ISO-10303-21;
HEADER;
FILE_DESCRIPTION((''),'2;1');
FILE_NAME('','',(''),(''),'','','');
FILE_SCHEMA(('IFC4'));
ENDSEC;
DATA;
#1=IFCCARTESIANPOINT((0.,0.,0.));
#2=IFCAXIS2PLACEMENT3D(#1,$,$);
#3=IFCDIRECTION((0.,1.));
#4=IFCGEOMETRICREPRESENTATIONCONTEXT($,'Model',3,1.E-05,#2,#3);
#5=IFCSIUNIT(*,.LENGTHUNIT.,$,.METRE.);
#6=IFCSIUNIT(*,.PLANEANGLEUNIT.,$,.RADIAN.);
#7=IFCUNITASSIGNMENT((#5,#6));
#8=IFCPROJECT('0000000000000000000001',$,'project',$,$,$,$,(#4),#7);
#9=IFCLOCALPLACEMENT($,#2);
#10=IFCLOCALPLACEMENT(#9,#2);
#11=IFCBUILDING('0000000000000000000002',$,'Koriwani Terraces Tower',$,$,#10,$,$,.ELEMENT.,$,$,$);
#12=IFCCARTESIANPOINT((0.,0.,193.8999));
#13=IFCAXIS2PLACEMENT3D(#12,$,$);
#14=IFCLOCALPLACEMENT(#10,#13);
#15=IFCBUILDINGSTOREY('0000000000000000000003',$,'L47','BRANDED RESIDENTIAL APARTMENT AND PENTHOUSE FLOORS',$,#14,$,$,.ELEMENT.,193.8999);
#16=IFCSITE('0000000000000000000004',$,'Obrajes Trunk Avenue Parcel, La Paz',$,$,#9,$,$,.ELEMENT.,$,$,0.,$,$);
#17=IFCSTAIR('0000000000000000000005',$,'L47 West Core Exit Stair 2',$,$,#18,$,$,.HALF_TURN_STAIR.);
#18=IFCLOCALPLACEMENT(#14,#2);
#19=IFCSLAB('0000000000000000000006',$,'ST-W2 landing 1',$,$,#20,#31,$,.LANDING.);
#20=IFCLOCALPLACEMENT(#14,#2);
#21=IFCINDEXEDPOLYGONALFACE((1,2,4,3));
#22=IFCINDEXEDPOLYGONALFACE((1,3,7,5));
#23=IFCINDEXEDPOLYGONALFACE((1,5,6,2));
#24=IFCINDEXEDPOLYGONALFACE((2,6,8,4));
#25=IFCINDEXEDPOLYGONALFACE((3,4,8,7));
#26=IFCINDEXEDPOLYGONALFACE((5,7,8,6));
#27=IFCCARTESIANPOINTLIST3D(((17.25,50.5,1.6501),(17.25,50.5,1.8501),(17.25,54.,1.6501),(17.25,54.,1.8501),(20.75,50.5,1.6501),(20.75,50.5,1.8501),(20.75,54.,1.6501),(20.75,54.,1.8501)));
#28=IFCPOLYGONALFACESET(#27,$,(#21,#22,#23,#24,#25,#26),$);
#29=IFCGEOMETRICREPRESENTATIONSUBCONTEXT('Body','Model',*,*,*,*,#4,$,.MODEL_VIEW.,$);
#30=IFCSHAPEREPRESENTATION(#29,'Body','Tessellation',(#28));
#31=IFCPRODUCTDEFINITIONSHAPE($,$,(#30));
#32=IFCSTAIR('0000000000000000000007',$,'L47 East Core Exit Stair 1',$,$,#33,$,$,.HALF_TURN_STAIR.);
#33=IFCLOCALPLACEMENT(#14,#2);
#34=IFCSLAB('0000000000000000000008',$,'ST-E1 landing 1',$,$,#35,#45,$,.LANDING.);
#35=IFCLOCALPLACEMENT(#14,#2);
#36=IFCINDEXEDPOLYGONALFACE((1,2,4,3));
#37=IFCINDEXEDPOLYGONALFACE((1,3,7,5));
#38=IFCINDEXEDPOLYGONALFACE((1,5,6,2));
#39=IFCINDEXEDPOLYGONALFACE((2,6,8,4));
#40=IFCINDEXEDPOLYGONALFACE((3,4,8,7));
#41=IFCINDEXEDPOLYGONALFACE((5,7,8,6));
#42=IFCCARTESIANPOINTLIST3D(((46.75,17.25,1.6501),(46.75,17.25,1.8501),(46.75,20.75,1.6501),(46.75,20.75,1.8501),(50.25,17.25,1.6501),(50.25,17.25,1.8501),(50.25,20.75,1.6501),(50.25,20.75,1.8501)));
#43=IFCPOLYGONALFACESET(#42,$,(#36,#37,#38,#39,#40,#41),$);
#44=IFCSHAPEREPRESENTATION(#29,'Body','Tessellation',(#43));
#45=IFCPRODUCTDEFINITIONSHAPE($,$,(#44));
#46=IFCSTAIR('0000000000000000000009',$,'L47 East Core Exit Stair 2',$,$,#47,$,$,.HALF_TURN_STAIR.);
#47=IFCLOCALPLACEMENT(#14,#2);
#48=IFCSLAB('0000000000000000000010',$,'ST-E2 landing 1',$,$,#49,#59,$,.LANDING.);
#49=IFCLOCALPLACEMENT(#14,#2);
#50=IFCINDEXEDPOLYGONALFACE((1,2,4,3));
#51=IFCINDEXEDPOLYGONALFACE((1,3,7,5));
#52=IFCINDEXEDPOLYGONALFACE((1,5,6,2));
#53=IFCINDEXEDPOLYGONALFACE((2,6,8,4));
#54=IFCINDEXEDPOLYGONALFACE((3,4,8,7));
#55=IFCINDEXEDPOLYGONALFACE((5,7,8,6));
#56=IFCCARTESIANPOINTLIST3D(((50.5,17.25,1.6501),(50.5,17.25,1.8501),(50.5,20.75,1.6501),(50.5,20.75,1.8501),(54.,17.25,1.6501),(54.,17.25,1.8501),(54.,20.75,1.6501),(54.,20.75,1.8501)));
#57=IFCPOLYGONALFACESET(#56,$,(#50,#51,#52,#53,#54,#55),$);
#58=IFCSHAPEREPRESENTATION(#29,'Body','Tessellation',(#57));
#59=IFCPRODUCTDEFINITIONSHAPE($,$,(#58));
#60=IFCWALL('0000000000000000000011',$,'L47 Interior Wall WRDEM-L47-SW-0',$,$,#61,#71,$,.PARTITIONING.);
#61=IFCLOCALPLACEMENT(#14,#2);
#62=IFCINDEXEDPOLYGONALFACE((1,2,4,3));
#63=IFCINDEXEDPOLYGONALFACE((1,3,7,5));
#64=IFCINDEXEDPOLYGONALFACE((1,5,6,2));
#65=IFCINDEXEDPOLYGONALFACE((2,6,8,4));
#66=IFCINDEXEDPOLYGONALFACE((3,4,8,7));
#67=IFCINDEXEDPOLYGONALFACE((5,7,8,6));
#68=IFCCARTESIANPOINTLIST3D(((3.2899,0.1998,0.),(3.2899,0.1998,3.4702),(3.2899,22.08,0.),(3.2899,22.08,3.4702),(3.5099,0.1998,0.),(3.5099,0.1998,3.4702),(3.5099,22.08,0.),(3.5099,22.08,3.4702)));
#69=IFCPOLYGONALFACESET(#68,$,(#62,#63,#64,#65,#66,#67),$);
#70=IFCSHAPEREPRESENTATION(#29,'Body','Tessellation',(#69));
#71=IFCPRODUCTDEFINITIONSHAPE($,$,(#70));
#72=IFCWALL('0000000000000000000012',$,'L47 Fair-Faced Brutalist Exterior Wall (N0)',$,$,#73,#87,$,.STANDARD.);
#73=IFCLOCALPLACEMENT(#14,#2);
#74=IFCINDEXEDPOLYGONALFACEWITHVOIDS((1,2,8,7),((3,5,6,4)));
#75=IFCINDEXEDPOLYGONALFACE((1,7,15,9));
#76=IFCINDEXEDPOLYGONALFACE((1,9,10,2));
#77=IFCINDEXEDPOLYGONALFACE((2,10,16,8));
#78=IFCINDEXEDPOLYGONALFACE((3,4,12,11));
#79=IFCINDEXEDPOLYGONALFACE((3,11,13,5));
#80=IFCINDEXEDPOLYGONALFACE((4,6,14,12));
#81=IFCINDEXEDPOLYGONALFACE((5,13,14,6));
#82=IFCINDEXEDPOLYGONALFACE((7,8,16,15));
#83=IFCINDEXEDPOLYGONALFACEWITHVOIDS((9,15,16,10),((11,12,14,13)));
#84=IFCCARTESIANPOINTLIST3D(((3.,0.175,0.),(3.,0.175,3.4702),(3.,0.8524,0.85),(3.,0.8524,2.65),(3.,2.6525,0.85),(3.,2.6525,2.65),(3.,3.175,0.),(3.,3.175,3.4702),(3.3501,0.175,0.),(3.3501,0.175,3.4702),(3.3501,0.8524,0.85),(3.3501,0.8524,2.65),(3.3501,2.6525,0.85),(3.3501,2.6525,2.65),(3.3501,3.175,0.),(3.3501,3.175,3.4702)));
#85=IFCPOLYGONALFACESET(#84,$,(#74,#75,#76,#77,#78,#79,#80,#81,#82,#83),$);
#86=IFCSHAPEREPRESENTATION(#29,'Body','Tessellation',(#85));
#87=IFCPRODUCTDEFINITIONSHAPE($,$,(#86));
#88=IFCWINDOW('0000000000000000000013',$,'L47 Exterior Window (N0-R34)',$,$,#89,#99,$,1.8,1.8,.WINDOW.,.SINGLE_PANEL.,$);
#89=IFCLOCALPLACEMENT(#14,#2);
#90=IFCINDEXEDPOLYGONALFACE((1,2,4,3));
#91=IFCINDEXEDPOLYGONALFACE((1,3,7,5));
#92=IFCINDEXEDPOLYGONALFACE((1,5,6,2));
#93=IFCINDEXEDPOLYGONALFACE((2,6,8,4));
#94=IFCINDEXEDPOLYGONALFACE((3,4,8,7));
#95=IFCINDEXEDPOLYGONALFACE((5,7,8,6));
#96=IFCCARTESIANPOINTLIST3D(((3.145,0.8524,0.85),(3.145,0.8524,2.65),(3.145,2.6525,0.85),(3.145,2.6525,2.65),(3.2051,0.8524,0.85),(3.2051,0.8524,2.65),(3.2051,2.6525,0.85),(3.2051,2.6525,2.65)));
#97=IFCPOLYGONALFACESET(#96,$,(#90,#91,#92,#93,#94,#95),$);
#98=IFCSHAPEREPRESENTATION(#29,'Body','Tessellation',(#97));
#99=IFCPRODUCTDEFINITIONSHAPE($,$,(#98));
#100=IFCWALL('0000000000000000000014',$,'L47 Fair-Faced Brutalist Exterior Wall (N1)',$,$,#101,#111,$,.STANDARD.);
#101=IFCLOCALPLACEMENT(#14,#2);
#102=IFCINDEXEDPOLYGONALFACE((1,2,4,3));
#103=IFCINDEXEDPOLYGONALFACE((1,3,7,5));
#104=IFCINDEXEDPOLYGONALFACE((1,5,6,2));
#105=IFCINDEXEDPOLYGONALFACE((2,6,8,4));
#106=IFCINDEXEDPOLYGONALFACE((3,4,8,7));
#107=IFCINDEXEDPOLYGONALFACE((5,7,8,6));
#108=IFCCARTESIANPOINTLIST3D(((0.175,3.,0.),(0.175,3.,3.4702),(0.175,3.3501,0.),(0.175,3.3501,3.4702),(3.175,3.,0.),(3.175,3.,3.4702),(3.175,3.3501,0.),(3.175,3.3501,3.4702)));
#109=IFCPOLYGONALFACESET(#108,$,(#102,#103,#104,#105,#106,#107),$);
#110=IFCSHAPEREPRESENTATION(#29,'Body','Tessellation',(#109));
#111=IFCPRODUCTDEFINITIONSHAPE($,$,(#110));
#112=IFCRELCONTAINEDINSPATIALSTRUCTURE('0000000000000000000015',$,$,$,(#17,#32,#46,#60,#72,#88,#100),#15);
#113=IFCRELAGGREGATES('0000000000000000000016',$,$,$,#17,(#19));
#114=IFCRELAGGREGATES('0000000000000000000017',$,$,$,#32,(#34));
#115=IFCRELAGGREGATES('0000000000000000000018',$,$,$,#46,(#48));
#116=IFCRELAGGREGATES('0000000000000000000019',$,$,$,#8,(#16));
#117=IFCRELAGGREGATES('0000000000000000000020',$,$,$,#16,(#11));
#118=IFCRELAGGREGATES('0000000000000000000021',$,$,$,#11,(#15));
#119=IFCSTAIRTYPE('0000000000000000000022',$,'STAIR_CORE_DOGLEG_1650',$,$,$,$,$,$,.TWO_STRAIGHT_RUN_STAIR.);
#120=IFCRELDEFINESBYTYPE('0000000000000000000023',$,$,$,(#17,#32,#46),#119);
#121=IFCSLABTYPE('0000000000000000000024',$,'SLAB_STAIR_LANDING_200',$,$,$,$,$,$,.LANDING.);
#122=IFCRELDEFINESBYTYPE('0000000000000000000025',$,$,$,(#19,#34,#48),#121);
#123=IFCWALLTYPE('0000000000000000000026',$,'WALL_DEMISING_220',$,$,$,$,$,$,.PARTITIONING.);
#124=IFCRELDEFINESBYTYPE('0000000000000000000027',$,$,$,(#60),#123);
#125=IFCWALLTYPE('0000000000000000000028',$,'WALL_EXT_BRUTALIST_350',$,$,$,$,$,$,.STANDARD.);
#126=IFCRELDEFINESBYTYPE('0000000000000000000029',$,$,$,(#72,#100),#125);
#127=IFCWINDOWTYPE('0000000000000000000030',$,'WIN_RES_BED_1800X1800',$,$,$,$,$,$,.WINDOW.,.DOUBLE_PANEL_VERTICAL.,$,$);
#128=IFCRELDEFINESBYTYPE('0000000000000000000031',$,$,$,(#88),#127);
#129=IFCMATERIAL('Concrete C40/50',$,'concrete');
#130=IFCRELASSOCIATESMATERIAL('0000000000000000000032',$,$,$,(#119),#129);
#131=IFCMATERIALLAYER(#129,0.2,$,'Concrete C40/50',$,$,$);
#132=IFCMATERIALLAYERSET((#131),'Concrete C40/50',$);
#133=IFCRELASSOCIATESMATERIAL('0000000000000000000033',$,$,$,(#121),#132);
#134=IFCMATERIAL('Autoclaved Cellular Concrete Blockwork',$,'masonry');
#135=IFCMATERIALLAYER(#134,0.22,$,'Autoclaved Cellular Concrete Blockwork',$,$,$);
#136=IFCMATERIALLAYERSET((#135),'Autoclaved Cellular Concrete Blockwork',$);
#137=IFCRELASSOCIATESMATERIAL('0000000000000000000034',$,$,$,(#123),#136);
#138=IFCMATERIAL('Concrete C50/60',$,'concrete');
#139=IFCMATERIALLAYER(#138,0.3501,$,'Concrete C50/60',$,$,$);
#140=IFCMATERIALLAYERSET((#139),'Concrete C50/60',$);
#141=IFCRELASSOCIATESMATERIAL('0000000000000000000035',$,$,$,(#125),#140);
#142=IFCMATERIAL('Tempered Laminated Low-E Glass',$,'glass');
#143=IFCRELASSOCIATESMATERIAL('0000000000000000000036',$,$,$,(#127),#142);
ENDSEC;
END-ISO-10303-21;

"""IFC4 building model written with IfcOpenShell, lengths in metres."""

from ifc_helpers import new_model, si_unit, direction, frame, frame_2d, origin, place, context, subcontext, project, spatial, polyline, rectangle, outline, extrude, material, layer, layer_set, type_object, element, fill, aggregate, save


model = new_model("IFC4")

# Units and contexts
model_context = context("Model", 3, precision=1e-05, world=origin(), true_north=direction((0.0, 1.0)))
body_context = subcontext(model_context, "Body", "Model", "MODEL_VIEW")
ifc_project = project(units=[si_unit("LENGTHUNIT", "METRE"), si_unit("PLANEANGLEUNIT", "RADIAN")], contexts=[model_context])

# Site, building, storey
site_placement = place(None, origin())
site = spatial("IfcSite", under=ifc_project, at=site_placement, Name="Obrajes Trunk Avenue Parcel, La Paz", CompositionType="ELEMENT", RefElevation=0.0)
building_placement = place(site_placement, origin())
building = spatial("IfcBuilding", under=site, at=building_placement, Name="Koriwani Terraces Tower", CompositionType="ELEMENT")
storey_placement = place(building_placement, frame((0.0, 0.0, 193.8999)))
storey = spatial("IfcBuildingStorey", under=building, at=storey_placement, Name="L47", Description="BRANDED RESIDENTIAL APARTMENT AND PENTHOUSE FLOORS", CompositionType="ELEMENT", Elevation=193.8999)

# Shared definitions
ifc_material_1 = material(Name="Concrete C50/60", Category="concrete")

# Shared definitions
ifc_material_2 = material(Name="Concrete C40/50", Category="concrete")

# Stairs, slabs
stair_type = type_object("IfcStairType", Name="STAIR_CORE_DOGLEG_1650", PredefinedType="TWO_STRAIGHT_RUN_STAIR", material=ifc_material_2)
ifc_layer_1 = layer(ifc_material_2, 0.2, Name="Concrete C40/50")
ifc_layer_set_1 = layer_set([ifc_layer_1], Name="Concrete C40/50")
slab_type_1 = type_object("IfcSlabType", Name="SLAB_STAIR_LANDING_200", PredefinedType="LANDING", material=ifc_layer_set_1)
stair_1_placement = place(storey_placement, origin())
stair_1 = element("IfcStair", 1, at=stair_1_placement, inside=storey, type_object=stair_type, Name="L47 West Core Exit Stair 2", PredefinedType="HALF_TURN_STAIR")
slab_1_placement = place(storey_placement, frame((0.0, 0.0, 1.6501)))
slab_1 = element("IfcSlab", 2, at=slab_1_placement, type_object=slab_type_1, Name="ST-W2 landing 1", PredefinedType="LANDING", context=body_context, shape_type="SweptSolid", body=[
    extrude(outline(polyline([(17.25, 54.0), (17.25, 50.5), (20.75, 50.5), (20.75, 54.0), (17.25, 54.0)])), origin(), (0.0, 0.0, 1.0), 0.2),
])
aggregate(stair_1, [slab_1])
stair_2_placement = place(storey_placement, origin())
stair_2 = element("IfcStair", 3, at=stair_2_placement, inside=storey, type_object=stair_type, Name="L47 East Core Exit Stair 1", PredefinedType="HALF_TURN_STAIR")
slab_2_placement = place(storey_placement, frame((0.0, 0.0, 1.6501)))
slab_2 = element("IfcSlab", 4, at=slab_2_placement, type_object=slab_type_1, Name="ST-E1 landing 1", PredefinedType="LANDING", context=body_context, shape_type="SweptSolid", body=[
    extrude(outline(polyline([(46.75, 17.25), (50.25, 17.25), (50.25, 20.75), (46.75, 20.75), (46.75, 17.25)])), origin(), (0.0, 0.0, 1.0), 0.2),
])
aggregate(stair_2, [slab_2])
stair_3_placement = place(storey_placement, origin())
stair_3 = element("IfcStair", 5, at=stair_3_placement, inside=storey, type_object=stair_type, Name="L47 East Core Exit Stair 2", PredefinedType="HALF_TURN_STAIR")
slab_3_placement = place(storey_placement, frame((0.0, 0.0, 1.6501)))
slab_3 = element("IfcSlab", 6, at=slab_3_placement, type_object=slab_type_1, Name="ST-E2 landing 1", PredefinedType="LANDING", context=body_context, shape_type="SweptSolid", body=[
    extrude(outline(polyline([(54.0, 20.75), (50.5, 20.75), (50.5, 17.25), (54.0, 17.25), (54.0, 20.75)])), origin(), (0.0, 0.0, 1.0), 0.2),
])
aggregate(stair_3, [slab_3])

# Wall
ifc_material_3 = material(Name="Autoclaved Cellular Concrete Blockwork", Category="masonry")
ifc_layer_2 = layer(ifc_material_3, 0.22, Name="Autoclaved Cellular Concrete Blockwork")
ifc_layer_set_2 = layer_set([ifc_layer_2], Name="Autoclaved Cellular Concrete Blockwork")
wall_type_1 = type_object("IfcWallType", Name="WALL_DEMISING_220", PredefinedType="PARTITIONING", material=ifc_layer_set_2)
wall_1_placement = place(storey_placement, frame((3.3999, 0.2, 0.0), z_axis=(0.0, 0.0, 1.0), x_axis=(0.0, 1.0, 0.0)))
element("IfcWall", 7, at=wall_1_placement, inside=storey, type_object=wall_type_1, Name="L47 Interior Wall WRDEM-L47-SW-0", PredefinedType="PARTITIONING", context=body_context, shape_type="SweptSolid", body=[
    extrude(rectangle(XDim=21.8801, YDim=0.22, at=frame_2d((10.9399, 0.0))), origin(), (0.0, 0.0, 1.0), 3.4702),
])

# Wall, opening, window
ifc_layer_3 = layer(ifc_material_1, 0.3501, Name="Concrete C50/60")
ifc_layer_set_3 = layer_set([ifc_layer_3], Name="Concrete C50/60")
wall_type_2 = type_object("IfcWallType", Name="WALL_EXT_BRUTALIST_350", PredefinedType="STANDARD", material=ifc_layer_set_3)
wall_2_placement = place(storey_placement, frame((3.175, 0.175, 0.0), z_axis=(0.0, 0.0, 1.0), x_axis=(0.0, 1.0, 0.0)))
wall_2 = element("IfcWall", 8, at=wall_2_placement, inside=storey, type_object=wall_type_2, Name="L47 Fair-Faced Brutalist Exterior Wall (N0)", PredefinedType="STANDARD", context=body_context, shape_type="SweptSolid", body=[
    extrude(rectangle(XDim=3.0, YDim=0.3501, at=frame_2d((1.5, 0.0))), origin(), (0.0, 0.0, 1.0), 3.4702),
])
opening_1_placement = place(wall_2_placement, frame((0.6775, 0.0, 0.8501)))
opening_1 = element("IfcOpeningElement", 9, at=opening_1_placement, cuts=wall_2, PredefinedType="OPENING", context=body_context, shape_type="SweptSolid", body=[
    extrude(rectangle(XDim=1.8, YDim=1.8, at=frame_2d((0.8999, 0.8999))), frame((0.0, 0.1851, 0.0), z_axis=(0.0, -1.0, 0.0), x_axis=(1.0, 0.0, 0.0)), (0.0, 0.0, 1.0), 0.3701),
])
ifc_material_4 = material(Name="Tempered Laminated Low-E Glass", Category="glass")
window_type_1 = type_object("IfcWindowType", Name="WIN_RES_BED_1800X1800", PartitioningType="DOUBLE_PANEL_VERTICAL", PredefinedType="WINDOW", material=ifc_material_4)
window_1_placement = place(opening_1_placement, origin())
window_1 = element("IfcWindow", 10, at=window_1_placement, inside=storey, type_object=window_type_1, Name="L47 Exterior Window (N0-R34)", OverallHeight=1.8, OverallWidth=1.8, PartitioningType="SINGLE_PANEL", PredefinedType="WINDOW", context=body_context, shape_type="SweptSolid", body=[
    extrude(rectangle(XDim=1.8, YDim=1.8, at=frame_2d((0.8999, 0.8999))), frame((0.0, 0.03, 0.0), z_axis=(0.0, -1.0, 0.0), x_axis=(1.0, 0.0, 0.0)), (0.0, 0.0, 1.0), 0.0601),
])
fill(opening_1, window_1)

# Wall
wall_3_placement = place(storey_placement, frame((3.175, 3.175, 0.0), z_axis=(0.0, 0.0, 1.0), x_axis=(-1.0, 0.0, 0.0)))
element("IfcWall", 11, at=wall_3_placement, inside=storey, type_object=wall_type_2, Name="L47 Fair-Faced Brutalist Exterior Wall (N1)", PredefinedType="STANDARD", context=body_context, shape_type="SweptSolid", body=[
    extrude(rectangle(XDim=3.0, YDim=0.3501, at=frame_2d((1.5, 0.0))), origin(), (0.0, 0.0, 1.0), 3.4702),
])

save(model, "model.ifc")
